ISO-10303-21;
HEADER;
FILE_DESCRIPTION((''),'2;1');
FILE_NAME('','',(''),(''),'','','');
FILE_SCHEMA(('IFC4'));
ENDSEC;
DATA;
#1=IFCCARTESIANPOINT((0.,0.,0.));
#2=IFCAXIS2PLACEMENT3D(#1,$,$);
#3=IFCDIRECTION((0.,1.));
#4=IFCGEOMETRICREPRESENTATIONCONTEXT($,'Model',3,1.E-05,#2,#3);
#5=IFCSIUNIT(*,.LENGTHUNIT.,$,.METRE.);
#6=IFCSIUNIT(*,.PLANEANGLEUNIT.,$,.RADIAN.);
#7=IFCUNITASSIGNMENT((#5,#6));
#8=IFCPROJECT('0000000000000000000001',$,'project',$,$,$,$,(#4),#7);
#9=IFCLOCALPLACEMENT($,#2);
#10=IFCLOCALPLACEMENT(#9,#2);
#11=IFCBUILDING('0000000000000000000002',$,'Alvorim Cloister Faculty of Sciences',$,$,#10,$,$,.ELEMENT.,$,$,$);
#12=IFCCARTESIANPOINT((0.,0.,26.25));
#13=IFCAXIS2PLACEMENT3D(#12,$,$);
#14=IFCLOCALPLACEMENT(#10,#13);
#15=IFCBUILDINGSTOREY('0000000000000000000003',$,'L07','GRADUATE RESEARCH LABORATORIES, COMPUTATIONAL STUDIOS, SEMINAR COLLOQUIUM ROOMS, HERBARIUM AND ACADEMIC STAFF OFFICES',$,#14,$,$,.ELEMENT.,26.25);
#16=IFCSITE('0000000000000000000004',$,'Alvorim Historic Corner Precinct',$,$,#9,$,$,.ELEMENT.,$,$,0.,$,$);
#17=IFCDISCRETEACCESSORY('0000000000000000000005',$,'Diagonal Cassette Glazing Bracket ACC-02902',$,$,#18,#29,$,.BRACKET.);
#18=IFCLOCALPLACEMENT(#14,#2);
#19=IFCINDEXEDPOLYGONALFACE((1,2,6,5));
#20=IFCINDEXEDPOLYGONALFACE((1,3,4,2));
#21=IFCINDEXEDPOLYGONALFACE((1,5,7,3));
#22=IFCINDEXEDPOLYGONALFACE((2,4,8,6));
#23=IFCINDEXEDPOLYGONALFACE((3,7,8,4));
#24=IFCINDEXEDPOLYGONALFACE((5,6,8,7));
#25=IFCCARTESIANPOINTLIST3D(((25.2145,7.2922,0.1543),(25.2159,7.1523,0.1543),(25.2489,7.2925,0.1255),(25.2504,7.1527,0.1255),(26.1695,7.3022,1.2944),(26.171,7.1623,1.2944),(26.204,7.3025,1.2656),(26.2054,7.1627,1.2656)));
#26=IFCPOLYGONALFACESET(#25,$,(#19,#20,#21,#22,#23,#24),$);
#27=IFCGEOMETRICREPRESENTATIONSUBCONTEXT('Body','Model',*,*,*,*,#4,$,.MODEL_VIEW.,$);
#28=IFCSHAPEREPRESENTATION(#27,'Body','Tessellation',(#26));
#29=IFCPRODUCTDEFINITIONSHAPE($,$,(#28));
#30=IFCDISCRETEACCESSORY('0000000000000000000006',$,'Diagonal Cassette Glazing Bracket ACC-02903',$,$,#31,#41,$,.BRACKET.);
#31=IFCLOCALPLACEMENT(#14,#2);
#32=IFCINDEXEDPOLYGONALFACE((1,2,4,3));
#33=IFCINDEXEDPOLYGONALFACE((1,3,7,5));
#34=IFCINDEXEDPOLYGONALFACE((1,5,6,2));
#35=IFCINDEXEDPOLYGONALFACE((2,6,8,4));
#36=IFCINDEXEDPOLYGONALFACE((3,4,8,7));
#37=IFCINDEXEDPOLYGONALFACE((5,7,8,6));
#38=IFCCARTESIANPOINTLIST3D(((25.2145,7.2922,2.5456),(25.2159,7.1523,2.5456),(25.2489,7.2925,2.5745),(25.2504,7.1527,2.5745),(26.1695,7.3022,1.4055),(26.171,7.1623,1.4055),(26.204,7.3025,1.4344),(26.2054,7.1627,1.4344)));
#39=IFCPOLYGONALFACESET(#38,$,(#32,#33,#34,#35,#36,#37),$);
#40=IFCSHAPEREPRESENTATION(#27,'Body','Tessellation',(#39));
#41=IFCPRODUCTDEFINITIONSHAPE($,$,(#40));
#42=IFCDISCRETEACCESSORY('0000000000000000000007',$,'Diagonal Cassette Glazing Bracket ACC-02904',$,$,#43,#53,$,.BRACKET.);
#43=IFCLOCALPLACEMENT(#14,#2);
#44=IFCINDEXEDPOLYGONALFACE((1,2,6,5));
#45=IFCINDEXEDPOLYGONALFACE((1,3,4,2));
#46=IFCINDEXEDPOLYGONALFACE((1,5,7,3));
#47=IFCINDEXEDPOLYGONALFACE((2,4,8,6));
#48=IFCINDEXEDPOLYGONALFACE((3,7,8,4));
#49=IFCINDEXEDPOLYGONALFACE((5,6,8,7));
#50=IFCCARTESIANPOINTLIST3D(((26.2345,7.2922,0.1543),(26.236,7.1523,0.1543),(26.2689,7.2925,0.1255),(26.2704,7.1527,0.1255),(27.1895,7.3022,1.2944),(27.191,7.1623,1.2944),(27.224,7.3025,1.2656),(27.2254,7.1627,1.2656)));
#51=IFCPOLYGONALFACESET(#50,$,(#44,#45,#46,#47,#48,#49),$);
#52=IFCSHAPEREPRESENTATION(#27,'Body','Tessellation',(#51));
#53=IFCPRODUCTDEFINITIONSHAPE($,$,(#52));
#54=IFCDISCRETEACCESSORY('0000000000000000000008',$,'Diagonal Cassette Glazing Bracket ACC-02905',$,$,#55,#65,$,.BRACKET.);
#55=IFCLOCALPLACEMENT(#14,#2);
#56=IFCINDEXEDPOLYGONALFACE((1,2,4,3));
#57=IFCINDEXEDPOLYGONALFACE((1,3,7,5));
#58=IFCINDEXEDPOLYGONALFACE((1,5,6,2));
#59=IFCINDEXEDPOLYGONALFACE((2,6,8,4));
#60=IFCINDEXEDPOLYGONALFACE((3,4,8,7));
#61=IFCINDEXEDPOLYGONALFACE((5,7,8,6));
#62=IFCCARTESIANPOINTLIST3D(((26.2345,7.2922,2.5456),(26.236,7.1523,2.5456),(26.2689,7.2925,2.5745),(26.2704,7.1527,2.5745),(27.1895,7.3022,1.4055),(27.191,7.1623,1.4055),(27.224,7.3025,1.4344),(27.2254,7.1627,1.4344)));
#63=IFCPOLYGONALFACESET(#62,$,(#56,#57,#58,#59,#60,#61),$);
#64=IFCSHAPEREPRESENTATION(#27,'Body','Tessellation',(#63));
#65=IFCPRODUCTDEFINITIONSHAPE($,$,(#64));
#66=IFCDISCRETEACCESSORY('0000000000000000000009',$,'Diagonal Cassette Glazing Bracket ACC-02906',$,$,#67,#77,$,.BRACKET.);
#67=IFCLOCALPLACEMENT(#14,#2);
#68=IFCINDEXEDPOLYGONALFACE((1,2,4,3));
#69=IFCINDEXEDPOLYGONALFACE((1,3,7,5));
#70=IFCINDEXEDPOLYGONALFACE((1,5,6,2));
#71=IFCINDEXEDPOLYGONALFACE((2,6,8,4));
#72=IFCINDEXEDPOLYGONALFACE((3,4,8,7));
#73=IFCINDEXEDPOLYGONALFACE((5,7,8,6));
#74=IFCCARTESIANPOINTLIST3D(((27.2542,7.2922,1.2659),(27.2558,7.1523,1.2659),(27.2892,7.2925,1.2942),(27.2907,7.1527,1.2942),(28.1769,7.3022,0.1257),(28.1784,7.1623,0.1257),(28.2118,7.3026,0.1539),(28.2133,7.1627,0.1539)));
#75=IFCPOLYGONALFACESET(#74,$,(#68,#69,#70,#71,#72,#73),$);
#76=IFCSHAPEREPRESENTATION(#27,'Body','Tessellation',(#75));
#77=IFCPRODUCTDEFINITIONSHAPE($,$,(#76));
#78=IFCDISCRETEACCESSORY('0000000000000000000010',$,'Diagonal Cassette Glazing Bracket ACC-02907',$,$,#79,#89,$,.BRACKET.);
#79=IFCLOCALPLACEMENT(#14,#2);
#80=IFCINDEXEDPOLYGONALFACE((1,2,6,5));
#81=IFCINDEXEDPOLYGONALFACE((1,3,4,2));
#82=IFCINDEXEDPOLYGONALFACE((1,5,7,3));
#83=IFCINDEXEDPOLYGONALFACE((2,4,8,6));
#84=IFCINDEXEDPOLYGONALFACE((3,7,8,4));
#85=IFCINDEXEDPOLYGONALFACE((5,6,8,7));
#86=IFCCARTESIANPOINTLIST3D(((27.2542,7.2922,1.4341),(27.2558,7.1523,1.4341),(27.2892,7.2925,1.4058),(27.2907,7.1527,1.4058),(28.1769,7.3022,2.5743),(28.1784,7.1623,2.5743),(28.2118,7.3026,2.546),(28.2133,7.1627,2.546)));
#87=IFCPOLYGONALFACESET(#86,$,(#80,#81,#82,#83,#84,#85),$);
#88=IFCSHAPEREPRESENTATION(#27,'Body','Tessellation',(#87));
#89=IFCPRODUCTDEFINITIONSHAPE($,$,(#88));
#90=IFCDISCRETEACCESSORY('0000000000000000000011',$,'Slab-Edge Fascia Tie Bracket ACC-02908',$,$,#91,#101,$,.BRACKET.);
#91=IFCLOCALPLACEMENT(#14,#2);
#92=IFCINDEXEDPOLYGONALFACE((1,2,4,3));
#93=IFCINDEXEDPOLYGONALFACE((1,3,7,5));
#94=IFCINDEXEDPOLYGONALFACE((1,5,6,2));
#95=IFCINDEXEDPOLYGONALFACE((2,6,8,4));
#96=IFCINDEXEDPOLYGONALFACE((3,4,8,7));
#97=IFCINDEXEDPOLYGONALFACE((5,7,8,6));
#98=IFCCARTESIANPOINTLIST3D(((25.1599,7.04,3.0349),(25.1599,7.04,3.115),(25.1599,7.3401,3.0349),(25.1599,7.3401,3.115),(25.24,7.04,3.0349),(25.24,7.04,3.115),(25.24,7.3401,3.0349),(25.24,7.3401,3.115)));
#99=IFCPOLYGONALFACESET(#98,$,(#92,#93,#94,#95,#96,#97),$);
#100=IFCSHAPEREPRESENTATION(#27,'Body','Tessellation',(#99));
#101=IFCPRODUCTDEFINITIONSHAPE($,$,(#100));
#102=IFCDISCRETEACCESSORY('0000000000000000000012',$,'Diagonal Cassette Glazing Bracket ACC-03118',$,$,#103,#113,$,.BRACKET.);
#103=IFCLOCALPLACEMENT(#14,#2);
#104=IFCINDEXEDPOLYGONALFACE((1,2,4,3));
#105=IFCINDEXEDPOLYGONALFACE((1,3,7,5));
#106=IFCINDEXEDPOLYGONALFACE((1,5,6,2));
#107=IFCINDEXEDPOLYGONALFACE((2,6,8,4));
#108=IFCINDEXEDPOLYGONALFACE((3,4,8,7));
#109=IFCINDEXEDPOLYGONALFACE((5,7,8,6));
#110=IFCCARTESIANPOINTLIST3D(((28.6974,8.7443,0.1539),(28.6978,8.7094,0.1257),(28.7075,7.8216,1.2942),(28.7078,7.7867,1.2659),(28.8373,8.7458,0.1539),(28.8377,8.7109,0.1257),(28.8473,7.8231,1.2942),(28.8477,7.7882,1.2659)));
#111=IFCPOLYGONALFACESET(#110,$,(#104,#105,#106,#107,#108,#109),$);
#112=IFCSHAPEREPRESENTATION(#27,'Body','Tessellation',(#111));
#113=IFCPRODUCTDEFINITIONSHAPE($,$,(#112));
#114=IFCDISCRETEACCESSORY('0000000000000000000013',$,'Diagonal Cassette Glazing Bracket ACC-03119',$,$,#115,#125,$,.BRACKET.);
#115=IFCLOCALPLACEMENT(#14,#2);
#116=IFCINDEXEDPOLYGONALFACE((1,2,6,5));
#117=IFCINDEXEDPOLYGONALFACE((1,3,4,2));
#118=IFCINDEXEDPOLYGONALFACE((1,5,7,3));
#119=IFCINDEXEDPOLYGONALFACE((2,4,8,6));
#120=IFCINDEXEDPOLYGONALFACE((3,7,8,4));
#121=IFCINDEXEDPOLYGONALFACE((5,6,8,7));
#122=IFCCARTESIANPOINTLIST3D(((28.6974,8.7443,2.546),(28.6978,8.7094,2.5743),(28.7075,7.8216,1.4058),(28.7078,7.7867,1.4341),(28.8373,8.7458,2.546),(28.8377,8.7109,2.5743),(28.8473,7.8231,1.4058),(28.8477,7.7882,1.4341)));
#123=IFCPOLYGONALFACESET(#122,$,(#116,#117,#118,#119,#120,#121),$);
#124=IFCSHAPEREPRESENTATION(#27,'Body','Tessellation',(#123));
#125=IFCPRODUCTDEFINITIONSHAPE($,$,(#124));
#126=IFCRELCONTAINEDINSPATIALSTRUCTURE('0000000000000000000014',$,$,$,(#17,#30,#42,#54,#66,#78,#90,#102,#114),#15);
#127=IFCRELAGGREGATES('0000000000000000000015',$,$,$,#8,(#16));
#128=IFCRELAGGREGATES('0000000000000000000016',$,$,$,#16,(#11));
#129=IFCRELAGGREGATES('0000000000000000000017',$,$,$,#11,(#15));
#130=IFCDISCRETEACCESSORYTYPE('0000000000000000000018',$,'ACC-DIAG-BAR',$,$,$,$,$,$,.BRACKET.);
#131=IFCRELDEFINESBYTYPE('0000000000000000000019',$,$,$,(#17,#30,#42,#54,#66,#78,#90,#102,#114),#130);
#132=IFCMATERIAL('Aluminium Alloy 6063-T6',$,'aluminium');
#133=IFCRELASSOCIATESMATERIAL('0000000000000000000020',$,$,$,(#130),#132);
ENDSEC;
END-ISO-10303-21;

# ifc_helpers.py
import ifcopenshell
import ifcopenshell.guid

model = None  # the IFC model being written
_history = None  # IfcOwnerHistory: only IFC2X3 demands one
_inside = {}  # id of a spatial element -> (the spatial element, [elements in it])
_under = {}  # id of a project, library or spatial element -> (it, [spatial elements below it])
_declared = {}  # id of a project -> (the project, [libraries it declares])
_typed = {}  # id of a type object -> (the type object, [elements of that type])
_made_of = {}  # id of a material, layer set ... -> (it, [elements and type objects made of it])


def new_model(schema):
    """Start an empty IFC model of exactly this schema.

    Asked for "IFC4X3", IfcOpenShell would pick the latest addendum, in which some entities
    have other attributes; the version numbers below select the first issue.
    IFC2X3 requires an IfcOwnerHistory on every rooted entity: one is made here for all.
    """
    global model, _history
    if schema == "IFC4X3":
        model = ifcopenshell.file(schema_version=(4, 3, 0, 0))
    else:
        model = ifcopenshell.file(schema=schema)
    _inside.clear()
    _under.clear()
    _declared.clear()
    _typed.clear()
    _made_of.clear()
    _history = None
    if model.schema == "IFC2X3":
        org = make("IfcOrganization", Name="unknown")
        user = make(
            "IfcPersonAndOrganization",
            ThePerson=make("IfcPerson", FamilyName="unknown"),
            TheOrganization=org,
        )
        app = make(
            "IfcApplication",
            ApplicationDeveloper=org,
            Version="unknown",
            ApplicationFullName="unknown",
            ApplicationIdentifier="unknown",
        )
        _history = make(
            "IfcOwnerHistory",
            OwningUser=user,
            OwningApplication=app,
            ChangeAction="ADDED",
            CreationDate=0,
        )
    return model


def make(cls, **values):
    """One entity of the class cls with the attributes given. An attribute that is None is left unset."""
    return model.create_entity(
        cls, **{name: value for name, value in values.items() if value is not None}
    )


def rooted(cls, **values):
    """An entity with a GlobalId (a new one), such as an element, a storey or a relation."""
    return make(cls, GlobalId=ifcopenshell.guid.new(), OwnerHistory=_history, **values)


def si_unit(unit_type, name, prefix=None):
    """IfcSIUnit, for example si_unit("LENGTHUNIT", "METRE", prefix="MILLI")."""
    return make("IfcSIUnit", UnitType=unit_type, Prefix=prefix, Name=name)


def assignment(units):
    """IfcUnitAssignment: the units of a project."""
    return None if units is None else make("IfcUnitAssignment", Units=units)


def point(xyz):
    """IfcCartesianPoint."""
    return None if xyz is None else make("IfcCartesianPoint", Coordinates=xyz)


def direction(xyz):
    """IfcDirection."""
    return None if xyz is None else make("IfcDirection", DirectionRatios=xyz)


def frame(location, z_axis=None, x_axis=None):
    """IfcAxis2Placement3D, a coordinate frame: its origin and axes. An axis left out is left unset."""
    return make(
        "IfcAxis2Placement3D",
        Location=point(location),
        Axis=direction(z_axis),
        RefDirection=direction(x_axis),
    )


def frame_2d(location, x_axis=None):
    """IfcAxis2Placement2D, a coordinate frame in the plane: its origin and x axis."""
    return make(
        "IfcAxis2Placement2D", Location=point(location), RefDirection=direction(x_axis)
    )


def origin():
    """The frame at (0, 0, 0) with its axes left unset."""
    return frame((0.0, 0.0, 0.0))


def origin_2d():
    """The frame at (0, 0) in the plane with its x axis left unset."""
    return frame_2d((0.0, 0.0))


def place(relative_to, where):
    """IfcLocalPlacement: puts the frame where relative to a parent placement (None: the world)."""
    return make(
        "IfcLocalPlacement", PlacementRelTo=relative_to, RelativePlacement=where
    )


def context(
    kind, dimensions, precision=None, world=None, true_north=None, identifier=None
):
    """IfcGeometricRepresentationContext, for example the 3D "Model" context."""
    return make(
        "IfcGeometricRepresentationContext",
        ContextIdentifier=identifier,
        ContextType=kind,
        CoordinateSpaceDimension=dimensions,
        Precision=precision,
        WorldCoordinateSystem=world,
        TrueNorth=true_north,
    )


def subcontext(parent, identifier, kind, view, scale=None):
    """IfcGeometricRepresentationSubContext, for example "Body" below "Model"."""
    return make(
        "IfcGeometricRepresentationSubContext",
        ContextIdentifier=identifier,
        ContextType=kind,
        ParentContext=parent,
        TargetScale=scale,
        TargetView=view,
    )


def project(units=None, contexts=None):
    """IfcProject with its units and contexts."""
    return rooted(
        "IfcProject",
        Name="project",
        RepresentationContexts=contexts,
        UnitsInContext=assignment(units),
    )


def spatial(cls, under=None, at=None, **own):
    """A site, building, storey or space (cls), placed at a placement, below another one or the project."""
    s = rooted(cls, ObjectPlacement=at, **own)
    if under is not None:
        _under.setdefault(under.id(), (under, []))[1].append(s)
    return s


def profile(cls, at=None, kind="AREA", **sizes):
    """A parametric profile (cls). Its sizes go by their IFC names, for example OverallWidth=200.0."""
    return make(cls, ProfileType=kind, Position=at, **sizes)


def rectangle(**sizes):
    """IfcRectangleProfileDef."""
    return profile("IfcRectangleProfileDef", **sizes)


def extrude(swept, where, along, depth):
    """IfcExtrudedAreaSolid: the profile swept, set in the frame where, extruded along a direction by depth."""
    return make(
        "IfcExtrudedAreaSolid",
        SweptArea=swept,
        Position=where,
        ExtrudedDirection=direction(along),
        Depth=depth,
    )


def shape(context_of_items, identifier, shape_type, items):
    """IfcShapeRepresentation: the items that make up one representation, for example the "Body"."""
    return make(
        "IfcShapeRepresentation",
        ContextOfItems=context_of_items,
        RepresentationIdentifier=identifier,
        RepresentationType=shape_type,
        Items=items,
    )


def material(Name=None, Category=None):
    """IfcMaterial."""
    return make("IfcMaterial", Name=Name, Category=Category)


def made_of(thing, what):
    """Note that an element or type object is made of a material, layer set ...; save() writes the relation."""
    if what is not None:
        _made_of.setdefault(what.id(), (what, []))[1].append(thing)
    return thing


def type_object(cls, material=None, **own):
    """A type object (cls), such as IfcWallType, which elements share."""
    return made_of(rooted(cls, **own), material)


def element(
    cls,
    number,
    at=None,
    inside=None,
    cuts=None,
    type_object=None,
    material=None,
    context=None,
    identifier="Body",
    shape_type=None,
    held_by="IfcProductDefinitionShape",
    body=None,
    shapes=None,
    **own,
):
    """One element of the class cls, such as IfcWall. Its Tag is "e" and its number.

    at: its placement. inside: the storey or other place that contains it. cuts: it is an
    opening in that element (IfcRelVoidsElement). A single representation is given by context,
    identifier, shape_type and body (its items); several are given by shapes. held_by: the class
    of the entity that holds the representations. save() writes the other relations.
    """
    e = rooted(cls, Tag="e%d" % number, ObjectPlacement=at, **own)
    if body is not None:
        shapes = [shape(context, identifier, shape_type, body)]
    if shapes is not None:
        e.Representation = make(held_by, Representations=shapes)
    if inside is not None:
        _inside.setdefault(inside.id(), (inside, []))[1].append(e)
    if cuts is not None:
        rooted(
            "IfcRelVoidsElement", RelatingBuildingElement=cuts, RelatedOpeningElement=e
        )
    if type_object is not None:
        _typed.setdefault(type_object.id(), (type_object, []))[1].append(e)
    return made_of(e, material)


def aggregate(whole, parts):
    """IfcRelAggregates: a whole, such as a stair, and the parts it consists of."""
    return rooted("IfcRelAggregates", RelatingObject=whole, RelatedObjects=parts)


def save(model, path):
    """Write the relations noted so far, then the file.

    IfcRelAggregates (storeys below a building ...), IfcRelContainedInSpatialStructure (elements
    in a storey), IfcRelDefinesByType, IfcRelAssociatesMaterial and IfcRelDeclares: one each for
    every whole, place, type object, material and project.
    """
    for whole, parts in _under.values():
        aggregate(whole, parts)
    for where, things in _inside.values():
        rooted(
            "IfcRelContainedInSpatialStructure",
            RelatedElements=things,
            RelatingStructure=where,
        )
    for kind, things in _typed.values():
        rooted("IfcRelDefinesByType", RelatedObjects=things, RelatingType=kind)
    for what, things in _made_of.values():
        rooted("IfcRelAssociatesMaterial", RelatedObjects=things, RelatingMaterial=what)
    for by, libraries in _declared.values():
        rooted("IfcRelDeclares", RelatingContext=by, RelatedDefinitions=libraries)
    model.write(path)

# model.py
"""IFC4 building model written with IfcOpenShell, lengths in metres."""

from ifc_helpers import new_model, si_unit, direction, frame, origin, origin_2d, place, context, subcontext, project, spatial, rectangle, extrude, material, type_object, element, save


model = new_model("IFC4")

# Units and contexts
model_context = context("Model", 3, precision=1e-05, world=origin(), true_north=direction((0.0, 1.0)))
body_context = subcontext(model_context, "Body", "Model", "MODEL_VIEW")
ifc_project = project(units=[si_unit("LENGTHUNIT", "METRE"), si_unit("PLANEANGLEUNIT", "RADIAN")], contexts=[model_context])

# Site, building, storey
site_placement = place(None, origin())
site = spatial("IfcSite", under=ifc_project, at=site_placement, Name="Alvorim Historic Corner Precinct", CompositionType="ELEMENT", RefElevation=0.0)
building_placement = place(site_placement, origin())
building = spatial("IfcBuilding", under=site, at=building_placement, Name="Alvorim Cloister Faculty of Sciences", CompositionType="ELEMENT")
storey_placement = place(building_placement, frame((0.0, 0.0, 26.25)))
storey = spatial("IfcBuildingStorey", under=building, at=storey_placement, Name="L07", Description="GRADUATE RESEARCH LABORATORIES, COMPUTATIONAL STUDIOS, SEMINAR COLLOQUIUM ROOMS, HERBARIUM AND ACADEMIC STAFF OFFICES", CompositionType="ELEMENT", Elevation=26.25)

# Shared definitions
ifc_material_1 = material(Name="Aluminium Alloy 6063-T6", Category="aluminium")

# Discrete accessories
discrete_accessory_type = type_object("IfcDiscreteAccessoryType", Name="ACC-DIAG-BAR", PredefinedType="BRACKET", material=ifc_material_1)
for number, where, z_axis, x_axis, name in (
    (1, (25.2324, 7.2224, 0.1399), (0.642138, 0.00673, 0.76656), (-0.01048, 0.999945, 0.0), "Diagonal Cassette Glazing Bracket ACC-02902"),
    (2, (25.2324, 7.2224, 2.5601), (0.642138, 0.00673, -0.76656), (-0.01048, 0.999945, 0.0), "Diagonal Cassette Glazing Bracket ACC-02903"),
    (3, (26.2524, 7.2224, 0.1399), (0.642138, 0.00673, 0.76656), (-0.01048, 0.999945, 0.0), "Diagonal Cassette Glazing Bracket ACC-02904"),
    (4, (26.2524, 7.2224, 2.5601), (0.642138, 0.00673, -0.76656), (-0.01048, 0.999945, 0.0), "Diagonal Cassette Glazing Bracket ACC-02905"),
):
    element("IfcDiscreteAccessory", number, at=place(storey_placement, frame(where, z_axis=z_axis, x_axis=x_axis)), inside=storey, type_object=discrete_accessory_type, Name=name, PredefinedType="BRACKET", context=body_context, shape_type="SweptSolid", body=[
        extrude(rectangle(XDim=0.1399, YDim=0.0449, at=origin_2d()), origin(), (0.0, 0.0, 1.0), 1.4873),
    ])
for number, where, z_axis, x_axis, name in (
    (5, (27.2725, 7.2224, 1.28), (0.629035, 0.006825, -0.777347), (-0.010849, 0.999941, 0.0), "Diagonal Cassette Glazing Bracket ACC-02906"),
    (6, (27.2725, 7.2224, 1.4199), (0.629035, 0.006825, 0.777347), (-0.010849, 0.999941, 0.0), "Diagonal Cassette Glazing Bracket ACC-02907"),
):
    element("IfcDiscreteAccessory", number, at=place(storey_placement, frame(where, z_axis=z_axis, x_axis=x_axis)), inside=storey, type_object=discrete_accessory_type, Name=name, PredefinedType="BRACKET", context=body_context, shape_type="SweptSolid", body=[
        extrude(rectangle(XDim=0.1399, YDim=0.0449, at=origin_2d()), origin(), (0.0, 0.0, 1.0), 1.4668),
    ])
discrete_accessory_placement = place(storey_placement, frame((25.2, 7.3401, 3.075), z_axis=(0.0, -1.0, 0.0), x_axis=(1.0, 0.0, 0.0)))
element("IfcDiscreteAccessory", 7, at=discrete_accessory_placement, inside=storey, type_object=discrete_accessory_type, Name="Slab-Edge Fascia Tie Bracket ACC-02908", PredefinedType="BRACKET", context=body_context, shape_type="SweptSolid", body=[
    extrude(rectangle(XDim=0.0801, YDim=0.0801, at=origin_2d()), origin(), (0.0, 0.0, 1.0), 0.3),
])
for number, where, z_axis, x_axis, name in (
    (8, (28.7776, 7.8049, 1.28), (-0.006825, 0.629035, -0.777347), (-0.999941, -0.010849, 0.0), "Diagonal Cassette Glazing Bracket ACC-03118"),
    (9, (28.7776, 7.8049, 1.4199), (-0.006825, 0.629035, 0.777347), (-0.999941, -0.010849, 0.0), "Diagonal Cassette Glazing Bracket ACC-03119"),
):
    element("IfcDiscreteAccessory", number, at=place(storey_placement, frame(where, z_axis=z_axis, x_axis=x_axis)), inside=storey, type_object=discrete_accessory_type, Name=name, PredefinedType="BRACKET", context=body_context, shape_type="SweptSolid", body=[
        extrude(rectangle(XDim=0.1399, YDim=0.0449, at=origin_2d()), origin(), (0.0, 0.0, 1.0), 1.4668),
    ])

save(model, "model.ifc")
